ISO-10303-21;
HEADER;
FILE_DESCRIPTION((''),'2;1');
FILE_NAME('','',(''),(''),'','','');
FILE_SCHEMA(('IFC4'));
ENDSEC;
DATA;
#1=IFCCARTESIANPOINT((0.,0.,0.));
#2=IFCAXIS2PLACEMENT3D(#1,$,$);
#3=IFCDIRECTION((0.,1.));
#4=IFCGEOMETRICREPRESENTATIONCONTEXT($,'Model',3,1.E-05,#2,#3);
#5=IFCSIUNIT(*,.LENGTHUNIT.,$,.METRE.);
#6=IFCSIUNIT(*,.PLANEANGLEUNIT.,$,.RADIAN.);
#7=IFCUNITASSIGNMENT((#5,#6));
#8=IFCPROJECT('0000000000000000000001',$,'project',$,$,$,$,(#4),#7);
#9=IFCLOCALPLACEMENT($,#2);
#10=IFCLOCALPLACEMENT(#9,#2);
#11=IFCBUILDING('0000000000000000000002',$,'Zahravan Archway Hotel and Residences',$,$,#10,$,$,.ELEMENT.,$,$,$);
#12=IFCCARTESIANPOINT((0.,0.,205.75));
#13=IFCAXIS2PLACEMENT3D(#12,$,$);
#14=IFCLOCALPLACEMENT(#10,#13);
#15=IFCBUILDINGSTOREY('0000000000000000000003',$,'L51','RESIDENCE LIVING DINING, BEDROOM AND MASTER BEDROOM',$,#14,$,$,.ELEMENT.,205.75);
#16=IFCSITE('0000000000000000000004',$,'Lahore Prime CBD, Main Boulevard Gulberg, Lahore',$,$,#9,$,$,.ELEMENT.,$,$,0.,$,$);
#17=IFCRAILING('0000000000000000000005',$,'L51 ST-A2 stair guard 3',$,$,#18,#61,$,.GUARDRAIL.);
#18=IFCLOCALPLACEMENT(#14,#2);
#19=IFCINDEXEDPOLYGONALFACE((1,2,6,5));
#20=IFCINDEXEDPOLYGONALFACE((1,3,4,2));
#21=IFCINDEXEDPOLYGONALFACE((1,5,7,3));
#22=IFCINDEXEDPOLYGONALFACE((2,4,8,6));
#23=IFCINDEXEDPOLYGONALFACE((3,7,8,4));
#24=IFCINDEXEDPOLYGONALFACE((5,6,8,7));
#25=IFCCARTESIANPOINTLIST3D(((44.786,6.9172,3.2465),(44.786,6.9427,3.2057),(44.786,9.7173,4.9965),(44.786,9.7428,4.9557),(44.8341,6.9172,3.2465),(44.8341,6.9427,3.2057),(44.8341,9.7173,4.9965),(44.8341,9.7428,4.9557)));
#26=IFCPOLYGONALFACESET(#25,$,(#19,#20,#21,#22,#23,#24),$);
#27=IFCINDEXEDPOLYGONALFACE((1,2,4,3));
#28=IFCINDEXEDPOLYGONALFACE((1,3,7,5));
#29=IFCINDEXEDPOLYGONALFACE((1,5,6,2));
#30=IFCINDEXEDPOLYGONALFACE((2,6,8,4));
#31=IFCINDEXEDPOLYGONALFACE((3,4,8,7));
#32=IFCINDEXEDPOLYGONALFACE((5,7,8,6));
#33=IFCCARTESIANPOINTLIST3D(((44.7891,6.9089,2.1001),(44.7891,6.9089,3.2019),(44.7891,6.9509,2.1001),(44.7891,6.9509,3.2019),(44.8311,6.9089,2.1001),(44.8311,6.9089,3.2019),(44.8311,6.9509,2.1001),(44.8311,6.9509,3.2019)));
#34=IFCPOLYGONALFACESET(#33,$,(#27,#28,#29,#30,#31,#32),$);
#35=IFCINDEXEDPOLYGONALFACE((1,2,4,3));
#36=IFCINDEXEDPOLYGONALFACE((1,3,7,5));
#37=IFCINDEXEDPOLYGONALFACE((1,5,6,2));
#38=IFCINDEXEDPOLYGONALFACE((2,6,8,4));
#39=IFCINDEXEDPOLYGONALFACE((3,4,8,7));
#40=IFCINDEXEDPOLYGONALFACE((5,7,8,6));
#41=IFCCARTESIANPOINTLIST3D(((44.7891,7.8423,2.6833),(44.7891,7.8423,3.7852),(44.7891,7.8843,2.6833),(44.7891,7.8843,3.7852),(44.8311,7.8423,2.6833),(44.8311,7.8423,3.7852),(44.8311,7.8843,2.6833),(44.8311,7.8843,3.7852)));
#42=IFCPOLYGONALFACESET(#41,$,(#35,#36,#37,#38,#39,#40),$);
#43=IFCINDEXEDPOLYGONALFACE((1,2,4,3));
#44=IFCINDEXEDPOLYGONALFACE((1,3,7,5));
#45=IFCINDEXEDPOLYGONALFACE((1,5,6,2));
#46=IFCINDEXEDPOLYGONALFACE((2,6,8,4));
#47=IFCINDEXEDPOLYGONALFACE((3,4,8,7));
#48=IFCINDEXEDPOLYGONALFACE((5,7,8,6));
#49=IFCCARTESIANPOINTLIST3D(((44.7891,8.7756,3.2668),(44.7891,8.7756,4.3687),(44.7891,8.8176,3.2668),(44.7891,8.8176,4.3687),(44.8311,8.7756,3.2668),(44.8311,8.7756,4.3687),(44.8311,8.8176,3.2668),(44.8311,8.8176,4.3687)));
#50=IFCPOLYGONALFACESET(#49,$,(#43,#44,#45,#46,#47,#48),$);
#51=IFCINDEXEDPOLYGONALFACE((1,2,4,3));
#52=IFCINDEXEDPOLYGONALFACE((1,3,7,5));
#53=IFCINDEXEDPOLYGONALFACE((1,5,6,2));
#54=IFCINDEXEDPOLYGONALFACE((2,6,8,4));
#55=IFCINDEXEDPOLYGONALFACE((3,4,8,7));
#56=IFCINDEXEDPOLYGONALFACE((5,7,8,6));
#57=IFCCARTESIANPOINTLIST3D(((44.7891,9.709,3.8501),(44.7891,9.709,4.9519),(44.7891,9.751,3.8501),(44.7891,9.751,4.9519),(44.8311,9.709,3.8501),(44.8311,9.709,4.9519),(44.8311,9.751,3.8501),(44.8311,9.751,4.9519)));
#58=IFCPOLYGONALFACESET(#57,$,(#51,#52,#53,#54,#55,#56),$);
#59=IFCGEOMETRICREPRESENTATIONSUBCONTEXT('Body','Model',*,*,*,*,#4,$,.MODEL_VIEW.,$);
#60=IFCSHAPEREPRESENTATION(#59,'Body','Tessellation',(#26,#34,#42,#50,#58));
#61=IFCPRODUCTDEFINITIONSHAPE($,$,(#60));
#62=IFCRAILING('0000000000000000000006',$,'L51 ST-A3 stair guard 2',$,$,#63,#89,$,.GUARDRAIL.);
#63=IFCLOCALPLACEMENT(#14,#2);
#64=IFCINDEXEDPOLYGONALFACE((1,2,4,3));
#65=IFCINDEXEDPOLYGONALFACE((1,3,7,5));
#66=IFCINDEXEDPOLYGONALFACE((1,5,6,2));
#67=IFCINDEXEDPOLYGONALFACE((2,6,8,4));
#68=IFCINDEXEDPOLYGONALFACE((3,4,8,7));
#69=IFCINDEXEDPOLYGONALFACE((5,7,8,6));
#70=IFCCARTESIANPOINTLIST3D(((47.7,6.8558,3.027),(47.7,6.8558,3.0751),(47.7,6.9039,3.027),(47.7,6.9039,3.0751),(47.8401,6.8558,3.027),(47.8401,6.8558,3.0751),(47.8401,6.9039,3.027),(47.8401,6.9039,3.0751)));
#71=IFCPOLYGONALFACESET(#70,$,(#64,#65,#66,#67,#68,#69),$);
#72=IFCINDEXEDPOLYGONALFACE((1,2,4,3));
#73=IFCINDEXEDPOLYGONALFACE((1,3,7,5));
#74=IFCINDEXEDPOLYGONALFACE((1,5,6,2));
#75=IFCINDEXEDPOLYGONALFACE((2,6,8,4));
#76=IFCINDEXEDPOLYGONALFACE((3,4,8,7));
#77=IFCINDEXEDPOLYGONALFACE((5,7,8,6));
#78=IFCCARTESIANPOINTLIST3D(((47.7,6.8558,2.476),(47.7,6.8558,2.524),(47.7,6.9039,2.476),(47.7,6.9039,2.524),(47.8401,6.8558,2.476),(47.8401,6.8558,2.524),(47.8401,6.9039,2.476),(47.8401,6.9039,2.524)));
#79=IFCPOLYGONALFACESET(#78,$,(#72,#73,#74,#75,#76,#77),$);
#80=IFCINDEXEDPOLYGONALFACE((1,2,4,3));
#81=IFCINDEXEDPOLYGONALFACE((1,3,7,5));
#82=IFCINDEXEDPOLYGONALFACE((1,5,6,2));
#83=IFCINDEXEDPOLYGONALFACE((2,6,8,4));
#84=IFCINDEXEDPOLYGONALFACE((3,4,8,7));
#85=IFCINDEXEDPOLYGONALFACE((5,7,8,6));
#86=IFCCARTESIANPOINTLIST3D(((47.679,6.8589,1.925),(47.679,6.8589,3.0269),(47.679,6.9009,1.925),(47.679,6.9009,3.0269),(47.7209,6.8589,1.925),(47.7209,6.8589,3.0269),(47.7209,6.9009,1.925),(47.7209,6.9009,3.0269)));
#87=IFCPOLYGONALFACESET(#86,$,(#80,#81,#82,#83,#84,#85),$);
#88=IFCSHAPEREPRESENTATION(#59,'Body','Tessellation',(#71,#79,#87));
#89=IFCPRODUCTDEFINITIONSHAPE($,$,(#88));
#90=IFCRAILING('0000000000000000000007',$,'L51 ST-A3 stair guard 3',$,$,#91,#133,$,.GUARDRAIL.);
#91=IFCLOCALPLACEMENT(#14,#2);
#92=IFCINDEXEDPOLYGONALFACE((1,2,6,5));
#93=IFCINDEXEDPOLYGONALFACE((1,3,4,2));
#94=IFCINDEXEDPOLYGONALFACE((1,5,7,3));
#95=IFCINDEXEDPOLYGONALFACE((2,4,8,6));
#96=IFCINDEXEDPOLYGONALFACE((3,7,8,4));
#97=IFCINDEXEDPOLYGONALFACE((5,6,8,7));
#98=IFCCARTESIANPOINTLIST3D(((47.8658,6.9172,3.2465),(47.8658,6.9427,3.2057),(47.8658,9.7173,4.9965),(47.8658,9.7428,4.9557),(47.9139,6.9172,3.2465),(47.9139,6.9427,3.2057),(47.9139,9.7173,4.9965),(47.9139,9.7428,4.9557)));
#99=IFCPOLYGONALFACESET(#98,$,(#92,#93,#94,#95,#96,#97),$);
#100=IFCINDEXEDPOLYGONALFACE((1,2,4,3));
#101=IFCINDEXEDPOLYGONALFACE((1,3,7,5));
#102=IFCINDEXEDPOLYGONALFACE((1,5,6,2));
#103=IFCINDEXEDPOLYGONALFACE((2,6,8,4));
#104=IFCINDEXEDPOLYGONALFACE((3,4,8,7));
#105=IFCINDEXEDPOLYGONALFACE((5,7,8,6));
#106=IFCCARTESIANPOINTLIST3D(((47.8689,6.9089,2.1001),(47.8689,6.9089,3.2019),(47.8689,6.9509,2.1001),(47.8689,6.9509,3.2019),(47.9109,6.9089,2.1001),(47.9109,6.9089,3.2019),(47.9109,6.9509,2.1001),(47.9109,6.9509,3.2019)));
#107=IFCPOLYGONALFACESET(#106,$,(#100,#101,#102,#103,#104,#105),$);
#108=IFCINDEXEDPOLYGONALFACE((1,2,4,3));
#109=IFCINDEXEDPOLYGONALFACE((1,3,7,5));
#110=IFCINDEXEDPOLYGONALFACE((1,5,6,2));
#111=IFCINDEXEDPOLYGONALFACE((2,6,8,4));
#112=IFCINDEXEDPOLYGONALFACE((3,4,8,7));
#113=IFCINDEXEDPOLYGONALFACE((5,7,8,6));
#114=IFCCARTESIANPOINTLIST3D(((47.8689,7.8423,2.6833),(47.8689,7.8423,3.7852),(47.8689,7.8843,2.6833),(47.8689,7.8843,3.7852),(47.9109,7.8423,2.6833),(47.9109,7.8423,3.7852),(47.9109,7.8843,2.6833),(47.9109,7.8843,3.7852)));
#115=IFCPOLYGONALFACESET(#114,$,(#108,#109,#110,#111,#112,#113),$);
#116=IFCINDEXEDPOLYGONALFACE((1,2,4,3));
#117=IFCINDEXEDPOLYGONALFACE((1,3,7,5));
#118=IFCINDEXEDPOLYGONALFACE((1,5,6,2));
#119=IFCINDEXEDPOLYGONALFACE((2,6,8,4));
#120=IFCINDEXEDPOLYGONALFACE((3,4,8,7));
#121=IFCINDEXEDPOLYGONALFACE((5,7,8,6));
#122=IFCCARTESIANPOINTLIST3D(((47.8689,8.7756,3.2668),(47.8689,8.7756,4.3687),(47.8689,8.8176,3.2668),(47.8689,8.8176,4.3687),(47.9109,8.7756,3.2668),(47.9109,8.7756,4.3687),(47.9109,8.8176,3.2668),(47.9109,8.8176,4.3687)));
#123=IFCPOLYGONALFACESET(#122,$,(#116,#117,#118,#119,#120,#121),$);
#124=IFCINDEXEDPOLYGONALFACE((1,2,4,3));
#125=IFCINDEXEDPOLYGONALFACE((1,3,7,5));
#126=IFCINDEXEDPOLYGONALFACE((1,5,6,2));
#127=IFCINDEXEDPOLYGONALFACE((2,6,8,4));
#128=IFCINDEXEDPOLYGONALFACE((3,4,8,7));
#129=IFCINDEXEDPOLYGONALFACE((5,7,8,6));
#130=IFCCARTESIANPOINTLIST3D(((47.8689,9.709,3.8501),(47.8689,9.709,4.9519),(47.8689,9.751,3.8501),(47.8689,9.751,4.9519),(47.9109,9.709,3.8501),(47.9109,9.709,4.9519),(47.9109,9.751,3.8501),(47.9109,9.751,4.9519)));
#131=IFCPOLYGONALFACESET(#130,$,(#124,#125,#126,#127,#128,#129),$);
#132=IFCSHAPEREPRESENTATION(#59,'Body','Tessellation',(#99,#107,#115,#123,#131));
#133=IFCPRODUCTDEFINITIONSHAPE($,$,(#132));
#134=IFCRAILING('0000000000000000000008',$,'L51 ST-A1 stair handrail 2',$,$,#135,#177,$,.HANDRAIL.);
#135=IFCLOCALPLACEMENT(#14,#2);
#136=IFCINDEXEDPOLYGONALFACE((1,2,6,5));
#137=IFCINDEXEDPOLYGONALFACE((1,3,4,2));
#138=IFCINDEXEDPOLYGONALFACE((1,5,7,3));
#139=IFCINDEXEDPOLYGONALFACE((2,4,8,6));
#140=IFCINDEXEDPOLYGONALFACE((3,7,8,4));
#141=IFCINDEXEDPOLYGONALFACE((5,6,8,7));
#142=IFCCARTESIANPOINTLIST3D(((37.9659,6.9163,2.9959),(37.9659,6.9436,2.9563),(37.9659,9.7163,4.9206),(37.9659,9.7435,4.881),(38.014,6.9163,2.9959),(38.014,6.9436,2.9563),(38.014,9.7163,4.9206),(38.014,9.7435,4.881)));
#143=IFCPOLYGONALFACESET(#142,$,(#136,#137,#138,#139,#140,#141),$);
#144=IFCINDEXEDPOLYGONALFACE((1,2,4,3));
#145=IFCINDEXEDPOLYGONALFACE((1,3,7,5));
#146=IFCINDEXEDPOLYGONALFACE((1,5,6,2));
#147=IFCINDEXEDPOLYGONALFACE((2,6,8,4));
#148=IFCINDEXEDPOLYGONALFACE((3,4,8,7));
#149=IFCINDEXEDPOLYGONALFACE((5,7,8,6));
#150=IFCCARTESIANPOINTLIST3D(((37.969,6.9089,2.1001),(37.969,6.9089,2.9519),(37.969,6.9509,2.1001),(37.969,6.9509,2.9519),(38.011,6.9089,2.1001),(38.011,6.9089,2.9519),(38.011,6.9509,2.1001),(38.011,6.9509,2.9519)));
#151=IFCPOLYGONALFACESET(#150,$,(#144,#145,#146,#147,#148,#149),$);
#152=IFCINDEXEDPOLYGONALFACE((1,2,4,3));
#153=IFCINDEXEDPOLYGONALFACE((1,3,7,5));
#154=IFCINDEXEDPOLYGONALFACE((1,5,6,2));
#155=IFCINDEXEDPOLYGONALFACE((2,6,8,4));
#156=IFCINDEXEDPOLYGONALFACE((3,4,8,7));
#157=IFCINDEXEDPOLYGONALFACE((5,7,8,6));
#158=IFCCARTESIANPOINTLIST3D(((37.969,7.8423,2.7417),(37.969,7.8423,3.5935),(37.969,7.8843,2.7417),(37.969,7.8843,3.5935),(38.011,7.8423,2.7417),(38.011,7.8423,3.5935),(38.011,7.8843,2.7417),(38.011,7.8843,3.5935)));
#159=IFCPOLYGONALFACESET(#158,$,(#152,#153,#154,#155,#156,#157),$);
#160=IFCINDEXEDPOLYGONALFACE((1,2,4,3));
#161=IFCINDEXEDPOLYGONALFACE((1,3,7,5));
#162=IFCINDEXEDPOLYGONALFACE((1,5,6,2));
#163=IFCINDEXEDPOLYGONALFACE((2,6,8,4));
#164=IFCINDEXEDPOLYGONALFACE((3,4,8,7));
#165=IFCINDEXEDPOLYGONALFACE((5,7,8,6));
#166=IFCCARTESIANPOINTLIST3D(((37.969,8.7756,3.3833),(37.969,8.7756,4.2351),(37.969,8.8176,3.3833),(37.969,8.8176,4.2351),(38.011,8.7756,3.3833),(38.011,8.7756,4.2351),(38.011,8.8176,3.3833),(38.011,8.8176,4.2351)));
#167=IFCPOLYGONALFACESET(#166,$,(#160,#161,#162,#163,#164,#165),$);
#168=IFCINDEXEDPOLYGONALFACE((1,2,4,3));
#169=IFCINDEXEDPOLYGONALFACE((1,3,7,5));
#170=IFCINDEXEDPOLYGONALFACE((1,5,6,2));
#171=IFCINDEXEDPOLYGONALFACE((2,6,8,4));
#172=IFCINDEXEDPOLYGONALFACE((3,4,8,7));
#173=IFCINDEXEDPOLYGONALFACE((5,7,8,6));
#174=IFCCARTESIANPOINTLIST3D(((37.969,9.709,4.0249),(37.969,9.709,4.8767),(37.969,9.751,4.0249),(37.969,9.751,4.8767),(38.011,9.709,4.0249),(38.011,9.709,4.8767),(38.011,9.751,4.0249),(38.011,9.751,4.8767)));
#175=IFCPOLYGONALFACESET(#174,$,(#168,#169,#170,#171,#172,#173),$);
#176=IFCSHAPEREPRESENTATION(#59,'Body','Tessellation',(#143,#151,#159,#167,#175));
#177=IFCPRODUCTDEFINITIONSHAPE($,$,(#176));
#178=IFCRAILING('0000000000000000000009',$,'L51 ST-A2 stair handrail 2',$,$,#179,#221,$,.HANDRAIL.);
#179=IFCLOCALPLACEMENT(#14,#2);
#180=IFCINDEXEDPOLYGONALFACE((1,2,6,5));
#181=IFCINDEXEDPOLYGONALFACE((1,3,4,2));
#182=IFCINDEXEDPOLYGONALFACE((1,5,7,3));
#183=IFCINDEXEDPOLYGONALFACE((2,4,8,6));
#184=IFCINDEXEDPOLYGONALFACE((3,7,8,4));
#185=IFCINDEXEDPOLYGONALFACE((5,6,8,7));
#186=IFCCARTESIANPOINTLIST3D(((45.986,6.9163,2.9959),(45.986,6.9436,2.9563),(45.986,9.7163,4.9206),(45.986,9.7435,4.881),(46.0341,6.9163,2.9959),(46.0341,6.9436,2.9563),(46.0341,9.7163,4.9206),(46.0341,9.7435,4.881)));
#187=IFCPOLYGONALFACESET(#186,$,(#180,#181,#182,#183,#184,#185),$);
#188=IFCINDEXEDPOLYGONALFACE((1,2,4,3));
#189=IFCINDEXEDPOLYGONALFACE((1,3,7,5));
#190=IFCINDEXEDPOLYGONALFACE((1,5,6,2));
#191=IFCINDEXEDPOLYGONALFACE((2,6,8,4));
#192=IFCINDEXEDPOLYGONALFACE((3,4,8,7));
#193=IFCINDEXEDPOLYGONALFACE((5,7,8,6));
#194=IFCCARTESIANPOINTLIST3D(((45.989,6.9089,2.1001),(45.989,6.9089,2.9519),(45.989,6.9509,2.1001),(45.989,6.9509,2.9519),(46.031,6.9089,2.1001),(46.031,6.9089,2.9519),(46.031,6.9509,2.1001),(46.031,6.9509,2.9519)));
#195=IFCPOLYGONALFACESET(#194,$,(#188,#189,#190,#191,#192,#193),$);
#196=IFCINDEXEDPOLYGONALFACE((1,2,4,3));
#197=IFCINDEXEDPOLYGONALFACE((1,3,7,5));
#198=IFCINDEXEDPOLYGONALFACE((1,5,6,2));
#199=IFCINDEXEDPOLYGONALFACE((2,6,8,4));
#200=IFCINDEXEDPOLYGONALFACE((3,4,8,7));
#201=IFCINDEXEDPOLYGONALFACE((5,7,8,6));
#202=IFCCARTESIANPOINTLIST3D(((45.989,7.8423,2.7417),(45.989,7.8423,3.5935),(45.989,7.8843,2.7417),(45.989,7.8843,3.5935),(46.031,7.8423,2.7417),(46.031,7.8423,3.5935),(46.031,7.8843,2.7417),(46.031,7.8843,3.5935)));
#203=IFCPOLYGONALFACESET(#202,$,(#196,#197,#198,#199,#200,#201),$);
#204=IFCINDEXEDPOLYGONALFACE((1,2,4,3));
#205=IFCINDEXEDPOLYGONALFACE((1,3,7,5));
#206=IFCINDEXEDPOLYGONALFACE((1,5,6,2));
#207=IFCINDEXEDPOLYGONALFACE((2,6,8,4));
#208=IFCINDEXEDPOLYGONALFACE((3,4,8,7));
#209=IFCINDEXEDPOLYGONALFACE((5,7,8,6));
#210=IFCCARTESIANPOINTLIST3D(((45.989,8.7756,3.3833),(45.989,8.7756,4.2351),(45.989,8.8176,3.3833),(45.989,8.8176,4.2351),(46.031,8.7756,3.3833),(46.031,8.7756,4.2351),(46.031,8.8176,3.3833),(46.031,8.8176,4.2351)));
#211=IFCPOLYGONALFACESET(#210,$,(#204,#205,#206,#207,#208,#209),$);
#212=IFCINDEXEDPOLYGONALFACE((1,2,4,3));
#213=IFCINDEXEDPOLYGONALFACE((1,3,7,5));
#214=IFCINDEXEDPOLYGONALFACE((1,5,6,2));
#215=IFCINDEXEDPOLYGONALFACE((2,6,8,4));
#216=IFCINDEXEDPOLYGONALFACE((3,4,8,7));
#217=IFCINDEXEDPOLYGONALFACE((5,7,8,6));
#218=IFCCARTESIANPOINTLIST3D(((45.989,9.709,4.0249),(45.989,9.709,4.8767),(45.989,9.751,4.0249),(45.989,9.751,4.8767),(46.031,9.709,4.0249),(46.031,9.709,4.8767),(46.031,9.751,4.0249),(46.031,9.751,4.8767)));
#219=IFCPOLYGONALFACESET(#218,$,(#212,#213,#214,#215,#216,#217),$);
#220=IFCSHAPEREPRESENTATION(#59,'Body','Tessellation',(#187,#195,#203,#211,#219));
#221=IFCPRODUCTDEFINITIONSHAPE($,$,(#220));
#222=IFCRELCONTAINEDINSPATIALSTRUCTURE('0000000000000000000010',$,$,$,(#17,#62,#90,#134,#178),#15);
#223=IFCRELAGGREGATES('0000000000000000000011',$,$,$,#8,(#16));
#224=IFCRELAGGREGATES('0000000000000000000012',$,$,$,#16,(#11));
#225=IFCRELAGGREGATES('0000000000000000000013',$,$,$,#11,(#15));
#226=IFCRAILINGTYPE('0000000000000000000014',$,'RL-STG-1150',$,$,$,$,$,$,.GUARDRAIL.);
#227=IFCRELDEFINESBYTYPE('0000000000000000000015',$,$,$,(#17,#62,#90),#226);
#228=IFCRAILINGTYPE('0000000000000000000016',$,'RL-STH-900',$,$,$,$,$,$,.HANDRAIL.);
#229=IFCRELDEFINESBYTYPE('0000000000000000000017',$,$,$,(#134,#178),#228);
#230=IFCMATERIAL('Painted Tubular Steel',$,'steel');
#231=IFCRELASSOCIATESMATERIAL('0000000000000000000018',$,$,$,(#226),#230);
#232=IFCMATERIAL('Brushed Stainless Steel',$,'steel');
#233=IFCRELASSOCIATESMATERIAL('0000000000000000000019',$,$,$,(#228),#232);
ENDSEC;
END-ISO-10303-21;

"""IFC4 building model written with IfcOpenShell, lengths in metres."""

from ifc_helpers import new_model, si_unit, direction, frame, origin, origin_2d, place, context, subcontext, project, spatial, rectangle, extrude, material, type_object, element, save


model = new_model("IFC4")

# Units and contexts
model_context = context("Model", 3, precision=1e-05, world=origin(), true_north=direction((0.0, 1.0)))
body_context = subcontext(model_context, "Body", "Model", "MODEL_VIEW")
ifc_project = project(units=[si_unit("LENGTHUNIT", "METRE"), si_unit("PLANEANGLEUNIT", "RADIAN")], contexts=[model_context])

# Site, building, storey
site_placement = place(None, origin())
site = spatial("IfcSite", under=ifc_project, at=site_placement, Name="Lahore Prime CBD, Main Boulevard Gulberg, Lahore", CompositionType="ELEMENT", RefElevation=0.0)
building_placement = place(site_placement, origin())
building = spatial("IfcBuilding", under=site, at=building_placement, Name="Zahravan Archway Hotel and Residences", CompositionType="ELEMENT")
storey_placement = place(building_placement, frame((0.0, 0.0, 205.75)))
storey = spatial("IfcBuildingStorey", under=building, at=storey_placement, Name="L51", Description="RESIDENCE LIVING DINING, BEDROOM AND MASTER BEDROOM", CompositionType="ELEMENT", Elevation=205.75)

# Railings
ifc_material_1 = material(Name="Painted Tubular Steel", Category="steel")
railing_type_1 = type_object("IfcRailingType", Name="RL-STG-1150", PredefinedType="GUARDRAIL", material=ifc_material_1)
railing_1_placement = place(storey_placement, frame((44.8101, 6.9299, 2.1001)))
element("IfcRailing", 1, at=railing_1_placement, inside=storey, type_object=railing_type_1, Name="L51 ST-A2 stair guard 3", PredefinedType="GUARDRAIL", context=body_context, shape_type="SweptSolid", body=[
    extrude(rectangle(XDim=0.0481, YDim=0.0481, at=origin_2d()), frame((0.0, 0.0, 1.126), z_axis=(0.0, 0.848002, 0.529992), x_axis=(-1.0, 0.0, 0.0)), (0.0, 0.0, 1.0), 3.302),
    extrude(rectangle(XDim=0.042, YDim=0.042, at=origin_2d()), origin(), (0.0, 0.0, 1.0), 1.1018),
    extrude(rectangle(XDim=0.042, YDim=0.042, at=origin_2d()), frame((0.0, 0.9333, 0.5833)), (0.0, 0.0, 1.0), 1.1018),
    extrude(rectangle(XDim=0.042, YDim=0.042, at=origin_2d()), frame((0.0, 1.8667, 1.1667)), (0.0, 0.0, 1.0), 1.1018),
    extrude(rectangle(XDim=0.042, YDim=0.042, at=origin_2d()), frame((0.0, 2.8, 1.75)), (0.0, 0.0, 1.0), 1.1018),
])
railing_2_placement = place(storey_placement, frame((47.7, 6.8799, 1.925)))
element("IfcRailing", 2, at=railing_2_placement, inside=storey, type_object=railing_type_1, Name="L51 ST-A3 stair guard 2", PredefinedType="GUARDRAIL", context=body_context, shape_type="SweptSolid", body=[
    extrude(rectangle(XDim=0.0481, YDim=0.0481, at=origin_2d()), frame((0.0, 0.0, 1.126), z_axis=(1.0, 0.0, 0.0), x_axis=(0.0, 1.0, 0.0)), (0.0, 0.0, 1.0), 0.1401),
    extrude(rectangle(XDim=0.0481, YDim=0.0481, at=origin_2d()), frame((0.0, 0.0, 0.575), z_axis=(1.0, 0.0, 0.0), x_axis=(0.0, 1.0, 0.0)), (0.0, 0.0, 1.0), 0.1401),
    extrude(rectangle(XDim=0.042, YDim=0.042, at=origin_2d()), origin(), (0.0, 0.0, 1.0), 1.1018),
])
railing_3_placement = place(storey_placement, frame((47.8899, 6.9299, 2.1001)))
element("IfcRailing", 3, at=railing_3_placement, inside=storey, type_object=railing_type_1, Name="L51 ST-A3 stair guard 3", PredefinedType="GUARDRAIL", context=body_context, shape_type="SweptSolid", body=[
    extrude(rectangle(XDim=0.0481, YDim=0.0481, at=origin_2d()), frame((0.0, 0.0, 1.126), z_axis=(0.0, 0.848002, 0.529992), x_axis=(-1.0, 0.0, 0.0)), (0.0, 0.0, 1.0), 3.302),
    extrude(rectangle(XDim=0.042, YDim=0.042, at=origin_2d()), origin(), (0.0, 0.0, 1.0), 1.1018),
    extrude(rectangle(XDim=0.042, YDim=0.042, at=origin_2d()), frame((0.0, 0.9333, 0.5833)), (0.0, 0.0, 1.0), 1.1018),
    extrude(rectangle(XDim=0.042, YDim=0.042, at=origin_2d()), frame((0.0, 1.8667, 1.1667)), (0.0, 0.0, 1.0), 1.1018),
    extrude(rectangle(XDim=0.042, YDim=0.042, at=origin_2d()), frame((0.0, 2.8, 1.75)), (0.0, 0.0, 1.0), 1.1018),
])
ifc_material_2 = material(Name="Brushed Stainless Steel", Category="steel")
railing_type_2 = type_object("IfcRailingType", Name="RL-STH-900", PredefinedType="HANDRAIL", material=ifc_material_2)
for number, where, name in (
    (4, (37.99, 6.9299, 2.1001), "L51 ST-A1 stair handrail 2"),
    (5, (46.01, 6.9299, 2.1001), "L51 ST-A2 stair handrail 2"),
):
    element("IfcRailing", number, at=place(storey_placement, frame(where)), inside=storey, type_object=railing_type_2, Name=name, PredefinedType="HANDRAIL", context=body_context, shape_type="SweptSolid", body=[
        extrude(rectangle(XDim=0.0481, YDim=0.0481, at=origin_2d()), frame((0.0, 0.0, 0.876), z_axis=(0.0, 0.824073, 0.566483), x_axis=(-1.0, 0.0, 0.0)), (0.0, 0.0, 1.0), 3.3977),
        extrude(rectangle(XDim=0.042, YDim=0.042, at=origin_2d()), origin(), (0.0, 0.0, 1.0), 0.8518),
        extrude(rectangle(XDim=0.042, YDim=0.042, at=origin_2d()), frame((0.0, 0.9333, 0.6416)), (0.0, 0.0, 1.0), 0.8518),
        extrude(rectangle(XDim=0.042, YDim=0.042, at=origin_2d()), frame((0.0, 1.8667, 1.2832)), (0.0, 0.0, 1.0), 0.8518),
        extrude(rectangle(XDim=0.042, YDim=0.042, at=origin_2d()), frame((0.0, 2.8, 1.9248)), (0.0, 0.0, 1.0), 0.8518),
    ])

save(model, "model.ifc")
